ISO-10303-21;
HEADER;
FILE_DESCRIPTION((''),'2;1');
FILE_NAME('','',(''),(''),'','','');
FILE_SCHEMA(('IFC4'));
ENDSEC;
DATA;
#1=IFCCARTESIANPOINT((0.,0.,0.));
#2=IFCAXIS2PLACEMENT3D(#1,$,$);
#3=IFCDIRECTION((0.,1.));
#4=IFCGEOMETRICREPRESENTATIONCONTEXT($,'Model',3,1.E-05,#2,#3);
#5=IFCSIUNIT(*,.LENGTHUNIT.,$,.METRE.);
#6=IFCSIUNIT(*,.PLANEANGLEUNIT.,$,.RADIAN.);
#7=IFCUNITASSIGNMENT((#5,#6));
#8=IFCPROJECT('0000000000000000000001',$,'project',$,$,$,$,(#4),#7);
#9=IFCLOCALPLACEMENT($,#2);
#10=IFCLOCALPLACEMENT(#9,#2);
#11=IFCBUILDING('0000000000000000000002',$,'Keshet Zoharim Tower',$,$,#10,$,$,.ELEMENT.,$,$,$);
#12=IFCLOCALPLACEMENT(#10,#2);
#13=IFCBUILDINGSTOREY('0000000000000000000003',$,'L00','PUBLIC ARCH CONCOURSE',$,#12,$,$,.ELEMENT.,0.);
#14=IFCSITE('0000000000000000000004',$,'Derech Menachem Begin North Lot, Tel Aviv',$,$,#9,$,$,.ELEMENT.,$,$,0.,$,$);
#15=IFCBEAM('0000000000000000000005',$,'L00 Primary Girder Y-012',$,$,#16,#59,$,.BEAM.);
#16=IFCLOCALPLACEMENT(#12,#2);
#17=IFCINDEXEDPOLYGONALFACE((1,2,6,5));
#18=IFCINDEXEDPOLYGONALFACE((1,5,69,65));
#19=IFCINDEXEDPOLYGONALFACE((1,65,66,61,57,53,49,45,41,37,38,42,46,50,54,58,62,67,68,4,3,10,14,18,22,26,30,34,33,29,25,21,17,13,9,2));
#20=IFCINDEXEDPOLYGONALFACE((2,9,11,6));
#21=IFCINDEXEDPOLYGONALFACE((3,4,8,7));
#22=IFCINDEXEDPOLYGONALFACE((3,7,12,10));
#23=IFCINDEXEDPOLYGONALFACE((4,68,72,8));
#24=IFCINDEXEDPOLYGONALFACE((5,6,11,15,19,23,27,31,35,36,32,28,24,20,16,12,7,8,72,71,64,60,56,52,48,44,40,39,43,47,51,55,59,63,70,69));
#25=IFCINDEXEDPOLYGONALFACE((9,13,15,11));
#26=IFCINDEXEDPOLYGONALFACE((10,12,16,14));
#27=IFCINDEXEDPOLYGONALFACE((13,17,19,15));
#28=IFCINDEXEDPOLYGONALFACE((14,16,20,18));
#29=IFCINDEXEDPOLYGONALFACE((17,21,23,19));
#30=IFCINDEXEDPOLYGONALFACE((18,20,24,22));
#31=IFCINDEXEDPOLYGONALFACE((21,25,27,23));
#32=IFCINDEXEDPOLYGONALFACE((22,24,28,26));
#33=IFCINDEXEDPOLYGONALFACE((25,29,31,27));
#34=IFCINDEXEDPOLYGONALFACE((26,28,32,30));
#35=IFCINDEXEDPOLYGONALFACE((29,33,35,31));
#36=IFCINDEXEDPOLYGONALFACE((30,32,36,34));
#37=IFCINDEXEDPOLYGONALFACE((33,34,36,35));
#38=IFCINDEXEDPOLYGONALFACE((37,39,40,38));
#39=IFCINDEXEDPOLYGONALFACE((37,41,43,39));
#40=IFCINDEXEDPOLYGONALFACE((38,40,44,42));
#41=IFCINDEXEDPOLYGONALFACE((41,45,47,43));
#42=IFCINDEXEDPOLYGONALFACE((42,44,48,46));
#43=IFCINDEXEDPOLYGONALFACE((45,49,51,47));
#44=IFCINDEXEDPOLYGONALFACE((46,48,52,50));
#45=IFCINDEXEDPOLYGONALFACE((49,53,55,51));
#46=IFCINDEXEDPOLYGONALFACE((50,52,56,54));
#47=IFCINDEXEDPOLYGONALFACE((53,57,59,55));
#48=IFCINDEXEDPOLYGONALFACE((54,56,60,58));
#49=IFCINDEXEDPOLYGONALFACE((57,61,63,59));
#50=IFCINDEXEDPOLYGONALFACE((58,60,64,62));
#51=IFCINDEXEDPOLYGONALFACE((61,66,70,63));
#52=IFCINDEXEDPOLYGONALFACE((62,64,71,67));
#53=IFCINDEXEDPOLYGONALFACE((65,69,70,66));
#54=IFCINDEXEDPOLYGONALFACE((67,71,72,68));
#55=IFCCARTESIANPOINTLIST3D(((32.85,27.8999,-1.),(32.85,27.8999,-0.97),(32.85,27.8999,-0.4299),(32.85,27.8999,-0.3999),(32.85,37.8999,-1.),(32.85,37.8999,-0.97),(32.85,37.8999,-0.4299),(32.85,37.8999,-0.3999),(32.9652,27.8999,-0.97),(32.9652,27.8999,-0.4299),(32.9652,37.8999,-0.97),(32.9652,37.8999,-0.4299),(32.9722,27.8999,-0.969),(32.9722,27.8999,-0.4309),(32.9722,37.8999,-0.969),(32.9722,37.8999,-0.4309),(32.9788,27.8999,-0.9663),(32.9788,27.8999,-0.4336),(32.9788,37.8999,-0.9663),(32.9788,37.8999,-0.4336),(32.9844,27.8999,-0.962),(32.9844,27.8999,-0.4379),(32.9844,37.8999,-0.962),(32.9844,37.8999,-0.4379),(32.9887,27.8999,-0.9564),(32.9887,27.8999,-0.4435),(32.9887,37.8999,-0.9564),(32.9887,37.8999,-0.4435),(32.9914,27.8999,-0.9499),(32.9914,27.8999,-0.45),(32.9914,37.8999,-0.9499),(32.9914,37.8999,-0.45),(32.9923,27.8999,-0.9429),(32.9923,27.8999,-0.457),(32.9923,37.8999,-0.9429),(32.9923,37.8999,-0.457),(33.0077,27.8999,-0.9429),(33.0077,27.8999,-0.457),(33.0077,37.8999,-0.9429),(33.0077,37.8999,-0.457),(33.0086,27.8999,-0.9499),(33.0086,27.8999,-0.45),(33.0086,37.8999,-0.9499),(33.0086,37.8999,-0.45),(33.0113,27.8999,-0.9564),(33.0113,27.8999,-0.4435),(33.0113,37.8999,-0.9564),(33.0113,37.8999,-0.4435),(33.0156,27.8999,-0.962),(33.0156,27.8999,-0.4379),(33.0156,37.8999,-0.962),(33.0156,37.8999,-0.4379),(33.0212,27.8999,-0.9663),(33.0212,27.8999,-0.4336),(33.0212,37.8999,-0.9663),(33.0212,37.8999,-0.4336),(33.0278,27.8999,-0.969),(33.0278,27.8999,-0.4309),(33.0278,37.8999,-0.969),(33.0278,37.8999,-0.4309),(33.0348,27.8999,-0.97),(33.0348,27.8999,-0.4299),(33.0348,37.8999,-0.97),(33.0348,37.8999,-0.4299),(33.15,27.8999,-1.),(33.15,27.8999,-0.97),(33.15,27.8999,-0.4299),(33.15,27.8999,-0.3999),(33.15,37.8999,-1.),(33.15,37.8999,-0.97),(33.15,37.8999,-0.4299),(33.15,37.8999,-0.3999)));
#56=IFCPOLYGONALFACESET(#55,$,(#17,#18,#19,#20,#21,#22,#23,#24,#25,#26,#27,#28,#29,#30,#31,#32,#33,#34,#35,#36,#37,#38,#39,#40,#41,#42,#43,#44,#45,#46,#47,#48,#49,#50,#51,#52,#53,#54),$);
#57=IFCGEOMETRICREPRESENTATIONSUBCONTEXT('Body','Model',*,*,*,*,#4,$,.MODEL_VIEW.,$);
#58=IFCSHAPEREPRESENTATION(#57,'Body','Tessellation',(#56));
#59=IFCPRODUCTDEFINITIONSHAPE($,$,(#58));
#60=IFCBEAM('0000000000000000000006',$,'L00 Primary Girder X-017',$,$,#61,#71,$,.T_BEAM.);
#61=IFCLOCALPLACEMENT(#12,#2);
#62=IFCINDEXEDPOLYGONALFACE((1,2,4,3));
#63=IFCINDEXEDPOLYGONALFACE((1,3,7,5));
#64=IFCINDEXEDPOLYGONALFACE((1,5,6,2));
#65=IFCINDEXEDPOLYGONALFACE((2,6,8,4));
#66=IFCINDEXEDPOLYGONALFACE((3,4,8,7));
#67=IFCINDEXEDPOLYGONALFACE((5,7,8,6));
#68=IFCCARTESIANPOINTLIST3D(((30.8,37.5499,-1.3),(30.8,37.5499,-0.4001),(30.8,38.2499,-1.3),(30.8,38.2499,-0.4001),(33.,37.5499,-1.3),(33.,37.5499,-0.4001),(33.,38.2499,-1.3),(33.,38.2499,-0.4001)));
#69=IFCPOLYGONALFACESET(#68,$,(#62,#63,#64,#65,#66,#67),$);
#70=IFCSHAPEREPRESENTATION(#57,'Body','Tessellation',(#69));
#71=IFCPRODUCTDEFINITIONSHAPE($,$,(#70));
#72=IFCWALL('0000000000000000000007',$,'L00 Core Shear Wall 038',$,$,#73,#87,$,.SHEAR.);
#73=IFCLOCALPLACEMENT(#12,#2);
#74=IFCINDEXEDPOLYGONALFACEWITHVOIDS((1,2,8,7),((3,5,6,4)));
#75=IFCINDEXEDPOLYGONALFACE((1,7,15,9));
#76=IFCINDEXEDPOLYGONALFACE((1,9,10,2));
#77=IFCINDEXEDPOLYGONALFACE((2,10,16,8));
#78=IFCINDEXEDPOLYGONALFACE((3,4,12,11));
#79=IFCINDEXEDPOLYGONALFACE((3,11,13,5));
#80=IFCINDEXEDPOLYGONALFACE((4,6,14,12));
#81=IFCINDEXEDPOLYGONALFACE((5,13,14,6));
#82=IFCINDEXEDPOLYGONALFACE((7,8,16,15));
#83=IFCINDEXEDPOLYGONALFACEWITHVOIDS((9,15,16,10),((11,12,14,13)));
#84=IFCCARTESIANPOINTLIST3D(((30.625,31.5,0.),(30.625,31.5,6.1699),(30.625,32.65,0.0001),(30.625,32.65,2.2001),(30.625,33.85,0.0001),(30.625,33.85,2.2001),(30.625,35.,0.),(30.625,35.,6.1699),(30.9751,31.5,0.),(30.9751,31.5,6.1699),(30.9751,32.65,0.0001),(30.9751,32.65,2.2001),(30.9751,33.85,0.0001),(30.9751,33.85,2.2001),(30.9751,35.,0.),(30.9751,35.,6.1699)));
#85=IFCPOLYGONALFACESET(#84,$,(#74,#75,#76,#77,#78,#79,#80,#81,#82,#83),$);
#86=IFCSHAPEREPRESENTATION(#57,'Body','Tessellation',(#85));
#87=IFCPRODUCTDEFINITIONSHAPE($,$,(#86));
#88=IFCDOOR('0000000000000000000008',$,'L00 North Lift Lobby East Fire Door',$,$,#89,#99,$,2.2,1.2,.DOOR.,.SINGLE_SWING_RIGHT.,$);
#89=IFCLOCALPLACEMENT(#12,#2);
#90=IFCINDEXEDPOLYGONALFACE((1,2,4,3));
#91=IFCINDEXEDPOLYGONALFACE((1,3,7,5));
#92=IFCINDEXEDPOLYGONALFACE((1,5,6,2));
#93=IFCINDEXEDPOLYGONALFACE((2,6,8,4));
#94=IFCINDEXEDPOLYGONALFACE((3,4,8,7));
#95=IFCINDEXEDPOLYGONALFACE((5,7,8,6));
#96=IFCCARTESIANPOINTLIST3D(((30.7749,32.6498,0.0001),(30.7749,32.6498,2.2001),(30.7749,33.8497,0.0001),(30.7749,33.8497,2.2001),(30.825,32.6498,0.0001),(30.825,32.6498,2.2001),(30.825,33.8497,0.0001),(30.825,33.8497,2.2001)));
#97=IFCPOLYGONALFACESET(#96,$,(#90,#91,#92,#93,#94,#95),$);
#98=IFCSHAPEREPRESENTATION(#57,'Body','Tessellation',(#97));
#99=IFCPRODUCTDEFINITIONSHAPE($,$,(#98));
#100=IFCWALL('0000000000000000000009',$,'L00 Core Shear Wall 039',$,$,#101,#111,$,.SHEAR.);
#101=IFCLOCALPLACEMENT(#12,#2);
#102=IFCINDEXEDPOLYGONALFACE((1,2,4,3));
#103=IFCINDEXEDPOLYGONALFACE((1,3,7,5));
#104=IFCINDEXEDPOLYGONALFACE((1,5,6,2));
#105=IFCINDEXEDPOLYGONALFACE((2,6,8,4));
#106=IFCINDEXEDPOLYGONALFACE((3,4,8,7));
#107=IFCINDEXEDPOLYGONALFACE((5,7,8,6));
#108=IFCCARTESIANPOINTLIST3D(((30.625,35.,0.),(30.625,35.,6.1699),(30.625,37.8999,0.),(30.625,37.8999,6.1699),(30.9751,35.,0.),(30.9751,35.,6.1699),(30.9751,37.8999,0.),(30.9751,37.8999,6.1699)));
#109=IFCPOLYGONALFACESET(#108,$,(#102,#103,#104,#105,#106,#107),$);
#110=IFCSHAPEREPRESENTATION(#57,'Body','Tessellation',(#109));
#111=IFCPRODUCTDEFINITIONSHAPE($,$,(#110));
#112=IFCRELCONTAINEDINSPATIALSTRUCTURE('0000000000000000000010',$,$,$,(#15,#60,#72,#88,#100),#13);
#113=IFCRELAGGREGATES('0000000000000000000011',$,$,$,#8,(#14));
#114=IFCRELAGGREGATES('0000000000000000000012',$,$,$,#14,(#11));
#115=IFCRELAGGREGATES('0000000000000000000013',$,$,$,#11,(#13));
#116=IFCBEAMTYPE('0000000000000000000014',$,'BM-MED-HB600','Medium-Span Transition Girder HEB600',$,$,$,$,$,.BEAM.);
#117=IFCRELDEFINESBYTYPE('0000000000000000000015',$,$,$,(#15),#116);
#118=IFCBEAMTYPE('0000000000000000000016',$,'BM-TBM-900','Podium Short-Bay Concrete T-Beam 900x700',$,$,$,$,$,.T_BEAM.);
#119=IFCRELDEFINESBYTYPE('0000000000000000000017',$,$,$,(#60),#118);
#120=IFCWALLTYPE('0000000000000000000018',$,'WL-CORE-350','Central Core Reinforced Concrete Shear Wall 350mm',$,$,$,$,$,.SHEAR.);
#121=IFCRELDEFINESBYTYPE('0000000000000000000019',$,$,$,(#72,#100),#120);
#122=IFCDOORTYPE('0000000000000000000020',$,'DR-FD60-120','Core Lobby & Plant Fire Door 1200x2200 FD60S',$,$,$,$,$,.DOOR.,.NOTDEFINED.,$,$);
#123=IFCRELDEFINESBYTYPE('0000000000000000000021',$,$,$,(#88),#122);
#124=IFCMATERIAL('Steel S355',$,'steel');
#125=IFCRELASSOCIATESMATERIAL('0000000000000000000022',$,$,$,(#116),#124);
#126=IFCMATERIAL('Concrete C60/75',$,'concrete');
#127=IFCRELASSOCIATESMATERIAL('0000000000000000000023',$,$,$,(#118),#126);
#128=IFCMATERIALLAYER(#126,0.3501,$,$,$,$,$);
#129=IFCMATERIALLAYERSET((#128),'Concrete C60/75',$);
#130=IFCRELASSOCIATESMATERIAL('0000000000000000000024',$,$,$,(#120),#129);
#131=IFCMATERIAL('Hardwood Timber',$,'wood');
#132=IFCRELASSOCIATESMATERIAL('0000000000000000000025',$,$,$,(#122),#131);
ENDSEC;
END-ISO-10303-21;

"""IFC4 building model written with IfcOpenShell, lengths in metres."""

from ifc_helpers import new_model, si_unit, direction, frame, frame_2d, origin, origin_2d, place, context, subcontext, project, spatial, rectangle, i_section, extrude, material, layer, layer_set, material_profile, profile_set, type_object, element, fill, save


model = new_model("IFC4")

# Units and contexts
model_context = context("Model", 3, precision=1e-05, world=origin(), true_north=direction((0.0, 1.0)))
body_context = subcontext(model_context, "Body", "Model", "MODEL_VIEW")
ifc_project = project(units=[si_unit("LENGTHUNIT", "METRE"), si_unit("PLANEANGLEUNIT", "RADIAN")], contexts=[model_context])

# Site, building, storey
site_placement = place(None, origin())
site = spatial("IfcSite", under=ifc_project, at=site_placement, Name="Derech Menachem Begin North Lot, Tel Aviv", CompositionType="ELEMENT", RefElevation=0.0)
building_placement = place(site_placement, origin())
building = spatial("IfcBuilding", under=site, at=building_placement, Name="Keshet Zoharim Tower", CompositionType="ELEMENT")
storey_placement = place(building_placement, origin())
storey = spatial("IfcBuildingStorey", under=building, at=storey_placement, Name="L00", Description="PUBLIC ARCH CONCOURSE", CompositionType="ELEMENT", Elevation=0.0)

# Shared definitions
ifc_material_1 = material(Name="Concrete C60/75", Category="concrete")

# Beams
ifc_material_2 = material(Name="Steel S355", Category="steel")
ifc_material_profile_1 = material_profile(ifc_material_2, i_section(OverallWidth=0.3, OverallDepth=0.6001, WebThickness=0.0154, FlangeThickness=0.03, FilletRadius=0.0271, at=origin_2d()), Name="HEB600")
ifc_profile_set_1 = profile_set([ifc_material_profile_1], Name="Steel S355")
beam_type_1 = type_object("IfcBeamType", Name="BM-MED-HB600", Description="Medium-Span Transition Girder HEB600", PredefinedType="BEAM", material=ifc_profile_set_1)
beam_1_placement = place(storey_placement, frame((33.0, 27.8999, -0.7), z_axis=(0.0, 1.0, 0.0), x_axis=(-1.0, 0.0, 0.0)))
element("IfcBeam", 1, at=beam_1_placement, inside=storey, type_object=beam_type_1, Name="L00 Primary Girder Y-012", PredefinedType="BEAM", context=body_context, shape_type="SweptSolid", body=[
    extrude(i_section(OverallWidth=0.3, OverallDepth=0.6001, WebThickness=0.0154, FlangeThickness=0.03, FilletRadius=0.0271, at=origin_2d()), origin(), (0.0, 0.0, 1.0), 10.0),
])
ifc_material_profile_2 = material_profile(ifc_material_1, rectangle(XDim=0.7, YDim=0.8999, at=origin_2d()), Name="RC900x700")
ifc_profile_set_2 = profile_set([ifc_material_profile_2], Name="Concrete C60/75")
beam_type_2 = type_object("IfcBeamType", Name="BM-TBM-900", Description="Podium Short-Bay Concrete T-Beam 900x700", PredefinedType="T_BEAM", material=ifc_profile_set_2)
beam_2_placement = place(storey_placement, frame((30.8, 37.8999, -0.8501), z_axis=(1.0, 0.0, 0.0), x_axis=(0.0, 1.0, 0.0)))
element("IfcBeam", 2, at=beam_2_placement, inside=storey, type_object=beam_type_2, Name="L00 Primary Girder X-017", PredefinedType="T_BEAM", context=body_context, shape_type="SweptSolid", body=[
    extrude(rectangle(XDim=0.7, YDim=0.8999, at=origin_2d()), origin(), (0.0, 0.0, 1.0), 2.2),
])

# Wall, opening, door
ifc_layer_1 = layer(ifc_material_1, 0.3501)
ifc_layer_set_1 = layer_set([ifc_layer_1], Name="Concrete C60/75")
wall_type_1 = type_object("IfcWallType", Name="WL-CORE-350", Description="Central Core Reinforced Concrete Shear Wall 350mm", PredefinedType="SHEAR", material=ifc_layer_set_1)
wall_1_placement = place(storey_placement, frame((30.8, 31.5, 0.0), z_axis=(0.0, 0.0, 1.0), x_axis=(0.0, 1.0, 0.0)))
wall_1 = element("IfcWall", 3, at=wall_1_placement, inside=storey, type_object=wall_type_1, Name="L00 Core Shear Wall 038", PredefinedType="SHEAR", context=body_context, shape_type="SweptSolid", body=[
    extrude(rectangle(XDim=3.5, YDim=0.3501, at=frame_2d((1.75, 0.0))), origin(), (0.0, 0.0, 1.0), 6.1699),
])
opening_1_placement = place(wall_1_placement, frame((1.1499, 0.0, 0.0)))
opening_1 = element("IfcOpeningElement", 4, at=opening_1_placement, cuts=wall_1, PredefinedType="OPENING", context=body_context, shape_type="SweptSolid", body=[
    extrude(rectangle(XDim=1.2, YDim=2.2, at=frame_2d((0.6001, 1.1001))), frame((0.0, 0.1851, 0.0), z_axis=(0.0, -1.0, 0.0), x_axis=(1.0, 0.0, 0.0)), (0.0, 0.0, 1.0), 0.3701),
])
ifc_material_3 = material(Name="Hardwood Timber", Category="wood")
door_type_1 = type_object("IfcDoorType", Name="DR-FD60-120", Description="Core Lobby & Plant Fire Door 1200x2200 FD60S", OperationType="NOTDEFINED", PredefinedType="DOOR", material=ifc_material_3)
door_1_placement = place(opening_1_placement, frame((1.2, 0.0, 0.0), z_axis=(0.0, 0.0, 1.0), x_axis=(-1.0, 0.0, 0.0)))
door_1 = element("IfcDoor", 5, at=door_1_placement, inside=storey, type_object=door_type_1, Name="L00 North Lift Lobby East Fire Door", OperationType="SINGLE_SWING_RIGHT", OverallHeight=2.2, OverallWidth=1.2, PredefinedType="DOOR", context=body_context, shape_type="SweptSolid", body=[
    extrude(rectangle(XDim=1.2, YDim=2.2, at=frame_2d((0.6001, 1.1001))), frame((0.0, 0.0249, 0.0), z_axis=(0.0, -1.0, 0.0), x_axis=(1.0, 0.0, 0.0)), (0.0, 0.0, 1.0), 0.05),
])
fill(opening_1, door_1)

# Wall
wall_2_placement = place(storey_placement, frame((30.8, 35.0, 0.0), z_axis=(0.0, 0.0, 1.0), x_axis=(0.0, 1.0, 0.0)))
element("IfcWall", 6, at=wall_2_placement, inside=storey, type_object=wall_type_1, Name="L00 Core Shear Wall 039", PredefinedType="SHEAR", context=body_context, shape_type="SweptSolid", body=[
    extrude(rectangle(XDim=2.8999, YDim=0.3501, at=frame_2d((1.45, 0.0))), origin(), (0.0, 0.0, 1.0), 6.1699),
])

save(model, "model.ifc")
